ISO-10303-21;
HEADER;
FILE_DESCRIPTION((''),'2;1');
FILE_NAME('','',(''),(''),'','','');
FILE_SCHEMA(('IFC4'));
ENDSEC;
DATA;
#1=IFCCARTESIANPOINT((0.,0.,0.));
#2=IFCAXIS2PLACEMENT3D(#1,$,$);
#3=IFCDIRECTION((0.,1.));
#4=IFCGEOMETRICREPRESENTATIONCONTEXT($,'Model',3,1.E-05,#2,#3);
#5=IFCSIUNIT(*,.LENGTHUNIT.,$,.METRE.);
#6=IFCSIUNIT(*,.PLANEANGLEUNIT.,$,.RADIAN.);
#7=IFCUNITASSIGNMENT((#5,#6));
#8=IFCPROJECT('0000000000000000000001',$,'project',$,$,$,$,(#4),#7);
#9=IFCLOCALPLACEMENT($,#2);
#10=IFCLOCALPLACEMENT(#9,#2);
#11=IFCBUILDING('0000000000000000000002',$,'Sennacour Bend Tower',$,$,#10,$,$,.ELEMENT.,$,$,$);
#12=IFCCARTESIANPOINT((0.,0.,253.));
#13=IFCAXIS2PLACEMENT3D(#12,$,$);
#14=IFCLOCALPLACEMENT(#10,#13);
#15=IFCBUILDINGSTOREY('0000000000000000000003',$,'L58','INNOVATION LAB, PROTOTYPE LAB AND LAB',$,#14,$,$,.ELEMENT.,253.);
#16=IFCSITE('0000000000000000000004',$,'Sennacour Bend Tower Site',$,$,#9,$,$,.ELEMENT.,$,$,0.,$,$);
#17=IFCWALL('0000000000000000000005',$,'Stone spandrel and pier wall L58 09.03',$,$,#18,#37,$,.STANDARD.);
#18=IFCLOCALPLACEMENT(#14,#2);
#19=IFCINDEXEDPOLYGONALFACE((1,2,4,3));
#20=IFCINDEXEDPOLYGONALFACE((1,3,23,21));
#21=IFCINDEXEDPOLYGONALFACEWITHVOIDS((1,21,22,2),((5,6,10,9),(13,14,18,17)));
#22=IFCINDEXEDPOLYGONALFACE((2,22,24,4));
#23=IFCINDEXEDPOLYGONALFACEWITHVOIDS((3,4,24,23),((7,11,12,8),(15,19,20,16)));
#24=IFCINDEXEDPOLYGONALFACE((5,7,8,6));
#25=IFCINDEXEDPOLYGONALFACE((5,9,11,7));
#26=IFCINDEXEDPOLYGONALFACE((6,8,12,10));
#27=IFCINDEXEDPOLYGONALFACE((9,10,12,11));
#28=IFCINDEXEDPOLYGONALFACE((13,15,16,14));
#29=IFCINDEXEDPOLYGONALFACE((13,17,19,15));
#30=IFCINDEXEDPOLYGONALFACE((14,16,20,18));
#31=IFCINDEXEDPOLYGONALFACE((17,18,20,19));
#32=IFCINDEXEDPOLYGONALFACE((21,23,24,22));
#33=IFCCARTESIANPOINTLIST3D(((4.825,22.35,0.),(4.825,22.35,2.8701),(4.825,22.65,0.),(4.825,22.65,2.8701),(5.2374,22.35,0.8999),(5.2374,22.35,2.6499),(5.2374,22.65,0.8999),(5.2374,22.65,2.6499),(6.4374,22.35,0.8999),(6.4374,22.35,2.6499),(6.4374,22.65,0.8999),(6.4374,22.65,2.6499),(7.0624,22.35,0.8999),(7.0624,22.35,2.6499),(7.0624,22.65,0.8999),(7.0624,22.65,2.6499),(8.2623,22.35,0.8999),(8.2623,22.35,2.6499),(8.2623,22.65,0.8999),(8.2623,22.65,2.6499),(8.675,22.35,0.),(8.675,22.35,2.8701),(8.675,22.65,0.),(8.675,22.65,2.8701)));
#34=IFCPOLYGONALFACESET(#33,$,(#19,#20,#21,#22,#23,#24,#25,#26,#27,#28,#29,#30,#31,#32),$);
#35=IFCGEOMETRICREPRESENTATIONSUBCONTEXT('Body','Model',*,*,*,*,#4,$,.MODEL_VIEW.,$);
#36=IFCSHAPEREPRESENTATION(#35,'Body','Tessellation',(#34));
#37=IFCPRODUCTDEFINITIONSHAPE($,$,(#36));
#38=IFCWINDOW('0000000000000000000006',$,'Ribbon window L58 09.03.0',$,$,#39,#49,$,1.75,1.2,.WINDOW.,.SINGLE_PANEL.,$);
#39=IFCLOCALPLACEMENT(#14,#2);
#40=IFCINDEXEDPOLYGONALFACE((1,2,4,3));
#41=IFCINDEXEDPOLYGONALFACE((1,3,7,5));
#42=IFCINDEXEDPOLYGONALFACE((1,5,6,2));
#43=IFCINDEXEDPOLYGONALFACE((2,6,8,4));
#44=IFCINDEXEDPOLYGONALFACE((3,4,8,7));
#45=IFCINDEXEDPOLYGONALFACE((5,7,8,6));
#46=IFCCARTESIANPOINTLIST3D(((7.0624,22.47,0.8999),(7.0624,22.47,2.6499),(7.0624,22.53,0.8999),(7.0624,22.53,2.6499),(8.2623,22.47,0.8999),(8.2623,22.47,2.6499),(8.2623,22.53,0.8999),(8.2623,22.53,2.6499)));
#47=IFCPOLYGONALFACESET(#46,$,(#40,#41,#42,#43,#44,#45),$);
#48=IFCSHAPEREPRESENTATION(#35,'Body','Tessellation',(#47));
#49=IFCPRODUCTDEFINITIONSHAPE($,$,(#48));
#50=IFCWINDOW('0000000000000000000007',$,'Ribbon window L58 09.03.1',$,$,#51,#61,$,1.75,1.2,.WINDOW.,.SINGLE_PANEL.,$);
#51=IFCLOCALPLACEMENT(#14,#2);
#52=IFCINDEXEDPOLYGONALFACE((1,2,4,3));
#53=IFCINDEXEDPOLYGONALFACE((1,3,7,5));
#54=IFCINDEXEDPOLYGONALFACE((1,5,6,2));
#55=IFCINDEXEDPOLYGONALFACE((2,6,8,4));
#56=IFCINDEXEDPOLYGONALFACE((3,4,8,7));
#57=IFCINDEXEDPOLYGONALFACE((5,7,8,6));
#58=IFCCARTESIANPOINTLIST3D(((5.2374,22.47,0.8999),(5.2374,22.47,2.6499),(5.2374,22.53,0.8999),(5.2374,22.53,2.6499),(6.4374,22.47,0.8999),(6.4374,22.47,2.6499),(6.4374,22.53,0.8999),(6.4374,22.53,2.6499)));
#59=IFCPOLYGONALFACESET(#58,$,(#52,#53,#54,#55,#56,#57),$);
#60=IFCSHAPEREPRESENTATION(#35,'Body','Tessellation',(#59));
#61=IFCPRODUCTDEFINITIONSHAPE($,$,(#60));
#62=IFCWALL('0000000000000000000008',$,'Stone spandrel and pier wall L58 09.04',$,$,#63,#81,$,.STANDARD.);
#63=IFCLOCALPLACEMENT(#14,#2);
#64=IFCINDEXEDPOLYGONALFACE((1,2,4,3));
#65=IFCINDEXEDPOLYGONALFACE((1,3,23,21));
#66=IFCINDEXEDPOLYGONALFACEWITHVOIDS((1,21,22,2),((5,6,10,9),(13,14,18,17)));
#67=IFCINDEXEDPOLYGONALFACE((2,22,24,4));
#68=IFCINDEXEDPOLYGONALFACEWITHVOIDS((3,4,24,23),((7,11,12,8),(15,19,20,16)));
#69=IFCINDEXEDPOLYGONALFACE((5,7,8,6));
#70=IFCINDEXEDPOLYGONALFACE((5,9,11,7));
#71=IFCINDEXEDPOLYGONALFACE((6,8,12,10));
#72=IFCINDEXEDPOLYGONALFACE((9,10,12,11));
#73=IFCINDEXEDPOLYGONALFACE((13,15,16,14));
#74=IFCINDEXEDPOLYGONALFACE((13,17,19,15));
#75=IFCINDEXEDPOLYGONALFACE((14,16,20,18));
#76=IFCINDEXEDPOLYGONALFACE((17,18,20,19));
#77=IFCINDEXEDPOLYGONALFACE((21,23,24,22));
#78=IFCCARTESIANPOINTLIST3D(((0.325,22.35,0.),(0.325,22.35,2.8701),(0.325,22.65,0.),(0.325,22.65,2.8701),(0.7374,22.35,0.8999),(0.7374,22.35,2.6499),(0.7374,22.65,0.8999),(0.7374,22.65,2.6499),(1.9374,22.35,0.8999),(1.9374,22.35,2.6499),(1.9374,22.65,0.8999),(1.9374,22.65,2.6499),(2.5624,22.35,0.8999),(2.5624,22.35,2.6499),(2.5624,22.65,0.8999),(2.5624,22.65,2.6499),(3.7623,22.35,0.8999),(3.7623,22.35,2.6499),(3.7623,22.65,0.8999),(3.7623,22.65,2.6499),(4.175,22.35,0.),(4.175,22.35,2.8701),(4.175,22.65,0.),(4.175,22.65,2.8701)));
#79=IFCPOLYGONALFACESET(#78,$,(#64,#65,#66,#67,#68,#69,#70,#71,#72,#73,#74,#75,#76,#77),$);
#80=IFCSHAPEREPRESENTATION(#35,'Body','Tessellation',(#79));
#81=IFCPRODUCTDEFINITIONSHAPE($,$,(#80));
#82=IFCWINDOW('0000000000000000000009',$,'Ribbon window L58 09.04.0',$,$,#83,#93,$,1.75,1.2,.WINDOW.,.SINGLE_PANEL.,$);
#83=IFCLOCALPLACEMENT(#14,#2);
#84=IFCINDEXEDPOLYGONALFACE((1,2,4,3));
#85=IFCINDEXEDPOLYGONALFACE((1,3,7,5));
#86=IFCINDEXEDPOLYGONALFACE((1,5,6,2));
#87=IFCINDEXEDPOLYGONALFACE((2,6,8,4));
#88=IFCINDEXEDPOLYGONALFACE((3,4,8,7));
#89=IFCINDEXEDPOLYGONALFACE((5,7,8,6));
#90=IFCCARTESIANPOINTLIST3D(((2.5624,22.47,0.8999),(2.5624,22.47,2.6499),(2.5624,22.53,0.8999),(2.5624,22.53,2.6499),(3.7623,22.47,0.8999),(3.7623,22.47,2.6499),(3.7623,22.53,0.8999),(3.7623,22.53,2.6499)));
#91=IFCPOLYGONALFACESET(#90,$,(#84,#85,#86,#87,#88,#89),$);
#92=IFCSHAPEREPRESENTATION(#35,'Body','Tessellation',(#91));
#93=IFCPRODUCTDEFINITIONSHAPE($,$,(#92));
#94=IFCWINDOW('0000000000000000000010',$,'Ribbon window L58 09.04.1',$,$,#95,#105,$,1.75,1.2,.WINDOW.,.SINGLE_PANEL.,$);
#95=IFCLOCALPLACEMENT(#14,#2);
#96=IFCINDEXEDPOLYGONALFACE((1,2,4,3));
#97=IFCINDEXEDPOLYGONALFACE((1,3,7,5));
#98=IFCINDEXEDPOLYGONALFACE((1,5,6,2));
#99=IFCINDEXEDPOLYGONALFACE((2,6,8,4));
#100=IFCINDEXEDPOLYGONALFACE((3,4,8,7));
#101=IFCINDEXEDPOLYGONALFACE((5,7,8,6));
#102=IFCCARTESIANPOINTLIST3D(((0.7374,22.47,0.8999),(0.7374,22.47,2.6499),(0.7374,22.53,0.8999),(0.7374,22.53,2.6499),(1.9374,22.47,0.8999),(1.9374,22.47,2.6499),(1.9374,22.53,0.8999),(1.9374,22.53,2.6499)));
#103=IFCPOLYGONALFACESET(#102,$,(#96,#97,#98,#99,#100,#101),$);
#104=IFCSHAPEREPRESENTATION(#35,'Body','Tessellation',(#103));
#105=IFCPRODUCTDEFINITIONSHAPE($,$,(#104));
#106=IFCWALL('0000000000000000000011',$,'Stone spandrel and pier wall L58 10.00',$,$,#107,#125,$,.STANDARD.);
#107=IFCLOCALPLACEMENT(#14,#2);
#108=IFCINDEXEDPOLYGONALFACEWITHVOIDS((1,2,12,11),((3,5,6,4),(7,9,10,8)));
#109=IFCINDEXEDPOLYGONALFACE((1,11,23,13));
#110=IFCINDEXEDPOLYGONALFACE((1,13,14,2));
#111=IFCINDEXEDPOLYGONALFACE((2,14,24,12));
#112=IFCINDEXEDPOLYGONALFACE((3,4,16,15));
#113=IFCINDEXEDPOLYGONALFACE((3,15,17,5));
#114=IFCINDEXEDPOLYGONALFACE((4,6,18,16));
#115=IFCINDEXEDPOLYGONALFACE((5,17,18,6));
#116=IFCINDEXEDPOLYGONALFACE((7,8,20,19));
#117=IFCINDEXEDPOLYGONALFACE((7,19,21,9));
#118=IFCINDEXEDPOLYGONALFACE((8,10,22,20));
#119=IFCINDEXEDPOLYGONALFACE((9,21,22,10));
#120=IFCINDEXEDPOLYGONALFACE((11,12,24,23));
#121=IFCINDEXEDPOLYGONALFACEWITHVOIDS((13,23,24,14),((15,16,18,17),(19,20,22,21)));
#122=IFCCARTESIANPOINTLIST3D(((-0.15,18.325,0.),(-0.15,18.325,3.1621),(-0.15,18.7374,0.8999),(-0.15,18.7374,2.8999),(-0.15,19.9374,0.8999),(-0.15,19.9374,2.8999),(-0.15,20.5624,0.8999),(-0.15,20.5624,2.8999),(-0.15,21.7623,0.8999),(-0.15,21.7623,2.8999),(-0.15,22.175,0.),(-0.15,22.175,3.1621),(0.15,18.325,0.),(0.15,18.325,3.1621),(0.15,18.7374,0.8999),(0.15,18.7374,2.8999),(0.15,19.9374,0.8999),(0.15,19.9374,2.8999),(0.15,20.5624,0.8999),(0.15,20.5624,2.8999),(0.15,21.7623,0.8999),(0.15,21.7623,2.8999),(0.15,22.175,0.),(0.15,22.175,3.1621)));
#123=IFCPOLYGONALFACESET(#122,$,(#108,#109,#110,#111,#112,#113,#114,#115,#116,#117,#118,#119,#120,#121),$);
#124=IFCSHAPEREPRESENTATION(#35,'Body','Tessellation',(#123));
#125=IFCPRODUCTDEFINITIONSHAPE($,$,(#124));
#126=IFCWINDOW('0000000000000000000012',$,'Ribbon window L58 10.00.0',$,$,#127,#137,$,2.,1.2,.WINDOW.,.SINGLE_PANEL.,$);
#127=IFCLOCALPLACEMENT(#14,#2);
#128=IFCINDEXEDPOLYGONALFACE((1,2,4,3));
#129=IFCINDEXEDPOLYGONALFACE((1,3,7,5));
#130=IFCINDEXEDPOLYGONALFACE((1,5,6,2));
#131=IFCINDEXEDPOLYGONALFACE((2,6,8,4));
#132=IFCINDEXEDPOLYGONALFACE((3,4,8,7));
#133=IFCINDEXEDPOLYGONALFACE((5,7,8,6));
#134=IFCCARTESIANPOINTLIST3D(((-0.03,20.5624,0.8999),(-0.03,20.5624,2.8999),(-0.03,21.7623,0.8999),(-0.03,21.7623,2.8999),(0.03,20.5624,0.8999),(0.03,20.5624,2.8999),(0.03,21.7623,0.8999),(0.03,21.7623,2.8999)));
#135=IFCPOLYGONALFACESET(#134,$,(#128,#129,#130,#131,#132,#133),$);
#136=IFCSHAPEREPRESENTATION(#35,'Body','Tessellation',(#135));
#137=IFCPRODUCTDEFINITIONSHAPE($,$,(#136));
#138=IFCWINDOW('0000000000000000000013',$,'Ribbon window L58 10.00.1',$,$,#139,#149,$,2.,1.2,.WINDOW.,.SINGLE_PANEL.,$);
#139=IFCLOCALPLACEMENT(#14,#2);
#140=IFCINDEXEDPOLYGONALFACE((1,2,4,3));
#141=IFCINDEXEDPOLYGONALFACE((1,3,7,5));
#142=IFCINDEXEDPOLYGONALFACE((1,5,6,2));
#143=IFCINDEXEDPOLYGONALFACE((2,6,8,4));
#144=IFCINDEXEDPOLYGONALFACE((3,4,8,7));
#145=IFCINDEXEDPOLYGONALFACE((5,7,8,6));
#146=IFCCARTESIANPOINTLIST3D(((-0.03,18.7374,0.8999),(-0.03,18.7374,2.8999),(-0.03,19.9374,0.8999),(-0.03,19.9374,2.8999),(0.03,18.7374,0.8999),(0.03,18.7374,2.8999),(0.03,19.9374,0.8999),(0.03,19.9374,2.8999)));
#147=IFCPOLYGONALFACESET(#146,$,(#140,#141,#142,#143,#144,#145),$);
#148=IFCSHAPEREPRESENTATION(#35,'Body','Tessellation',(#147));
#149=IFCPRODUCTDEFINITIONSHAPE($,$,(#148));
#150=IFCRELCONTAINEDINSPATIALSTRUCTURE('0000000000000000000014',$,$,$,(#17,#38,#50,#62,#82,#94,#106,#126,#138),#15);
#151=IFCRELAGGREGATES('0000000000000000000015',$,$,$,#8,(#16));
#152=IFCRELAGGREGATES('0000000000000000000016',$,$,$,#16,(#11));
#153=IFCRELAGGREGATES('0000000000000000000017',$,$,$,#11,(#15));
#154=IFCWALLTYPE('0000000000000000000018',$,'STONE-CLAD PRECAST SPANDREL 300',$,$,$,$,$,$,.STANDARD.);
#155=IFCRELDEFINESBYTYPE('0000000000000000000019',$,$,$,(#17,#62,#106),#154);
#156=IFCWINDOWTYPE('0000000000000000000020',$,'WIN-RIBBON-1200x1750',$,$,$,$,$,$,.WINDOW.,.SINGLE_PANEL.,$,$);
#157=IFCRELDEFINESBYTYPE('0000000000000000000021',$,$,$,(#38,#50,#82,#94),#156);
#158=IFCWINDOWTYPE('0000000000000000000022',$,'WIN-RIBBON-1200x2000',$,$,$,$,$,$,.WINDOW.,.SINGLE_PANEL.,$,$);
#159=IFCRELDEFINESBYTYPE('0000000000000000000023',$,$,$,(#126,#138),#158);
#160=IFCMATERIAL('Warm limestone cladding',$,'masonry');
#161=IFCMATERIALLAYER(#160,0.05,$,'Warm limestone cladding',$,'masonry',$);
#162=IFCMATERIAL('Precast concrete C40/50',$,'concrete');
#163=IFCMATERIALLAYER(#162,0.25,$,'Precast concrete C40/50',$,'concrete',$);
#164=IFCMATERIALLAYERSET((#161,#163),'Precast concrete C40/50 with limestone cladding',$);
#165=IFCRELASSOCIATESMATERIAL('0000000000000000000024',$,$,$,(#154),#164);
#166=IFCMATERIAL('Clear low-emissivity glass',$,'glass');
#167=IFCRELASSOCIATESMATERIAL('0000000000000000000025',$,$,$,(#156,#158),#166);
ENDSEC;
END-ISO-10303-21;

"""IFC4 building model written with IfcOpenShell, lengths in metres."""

from ifc_helpers import new_model, si_unit, direction, frame, frame_2d, origin, place, context, subcontext, project, spatial, rectangle, extrude, material, layer, layer_set, type_object, element, fill, save


model = new_model("IFC4")

# Units and contexts
model_context = context("Model", 3, precision=1e-05, world=origin(), true_north=direction((0.0, 1.0)))
body_context = subcontext(model_context, "Body", "Model", "MODEL_VIEW")
ifc_project = project(units=[si_unit("LENGTHUNIT", "METRE"), si_unit("PLANEANGLEUNIT", "RADIAN")], contexts=[model_context])

# Site, building, storey
site_placement = place(None, origin())
site = spatial("IfcSite", under=ifc_project, at=site_placement, Name="Sennacour Bend Tower Site", CompositionType="ELEMENT", RefElevation=0.0)
building_placement = place(site_placement, origin())
building = spatial("IfcBuilding", under=site, at=building_placement, Name="Sennacour Bend Tower", CompositionType="ELEMENT")
storey_placement = place(building_placement, frame((0.0, 0.0, 253.0)))
storey = spatial("IfcBuildingStorey", under=building, at=storey_placement, Name="L58", Description="INNOVATION LAB, PROTOTYPE LAB AND LAB", CompositionType="ELEMENT", Elevation=253.0)

# Walls, openings, windows
ifc_material_1 = material(Name="Warm limestone cladding", Category="masonry")
ifc_layer_1 = layer(ifc_material_1, 0.05, Name="Warm limestone cladding", Category="masonry")
ifc_material_2 = material(Name="Precast concrete C40/50", Category="concrete")
ifc_layer_2 = layer(ifc_material_2, 0.25, Name="Precast concrete C40/50", Category="concrete")
ifc_layer_set_1 = layer_set([ifc_layer_1, ifc_layer_2], Name="Precast concrete C40/50 with limestone cladding")
wall_type_1 = type_object("IfcWallType", Name="STONE-CLAD PRECAST SPANDREL 300", PredefinedType="STANDARD", material=ifc_layer_set_1)
wall_1_placement = place(storey_placement, frame((8.675, 22.5, 0.0), z_axis=(0.0, 0.0, 1.0), x_axis=(-1.0, 0.0, 0.0)))
wall_1 = element("IfcWall", 1, at=wall_1_placement, inside=storey, type_object=wall_type_1, Name="Stone spandrel and pier wall L58 09.03", PredefinedType="STANDARD", context=body_context, shape_type="SweptSolid", body=[
    extrude(rectangle(XDim=3.8501, YDim=0.3, at=frame_2d((1.925, 0.0))), origin(), (0.0, 0.0, 1.0), 2.8701),
])
opening_1_placement = place(wall_1_placement, frame((0.4126, 0.0, 0.8999)))
opening_1 = element("IfcOpeningElement", 2, at=opening_1_placement, cuts=wall_1, PredefinedType="OPENING", context=body_context, shape_type="SweptSolid", body=[
    extrude(rectangle(XDim=1.2, YDim=1.75, at=frame_2d((0.6001, 0.875))), frame((0.0, 0.1602, 0.0), z_axis=(0.0, -1.0, 0.0), x_axis=(1.0, 0.0, 0.0)), (0.0, 0.0, 1.0), 0.3201),
])
opening_2_placement = place(wall_1_placement, frame((2.2375, 0.0, 0.8999)))
opening_2 = element("IfcOpeningElement", 3, at=opening_2_placement, cuts=wall_1, PredefinedType="OPENING", context=body_context, shape_type="SweptSolid", body=[
    extrude(rectangle(XDim=1.2, YDim=1.75, at=frame_2d((0.6001, 0.875))), frame((0.0, 0.1602, 0.0), z_axis=(0.0, -1.0, 0.0), x_axis=(1.0, 0.0, 0.0)), (0.0, 0.0, 1.0), 0.3201),
])
ifc_material_3 = material(Name="Clear low-emissivity glass", Category="glass")
window_type_1 = type_object("IfcWindowType", Name="WIN-RIBBON-1200x1750", PartitioningType="SINGLE_PANEL", PredefinedType="WINDOW", material=ifc_material_3)
window_1_placement = place(opening_1_placement, origin())
window_1 = element("IfcWindow", 4, at=window_1_placement, inside=storey, type_object=window_type_1, Name="Ribbon window L58 09.03.0", OverallHeight=1.75, OverallWidth=1.2, PartitioningType="SINGLE_PANEL", PredefinedType="WINDOW", context=body_context, shape_type="SweptSolid", body=[
    extrude(rectangle(XDim=1.2, YDim=1.75, at=frame_2d((0.6001, 0.875))), frame((0.0, 0.03, 0.0), z_axis=(0.0, -1.0, 0.0), x_axis=(1.0, 0.0, 0.0)), (0.0, 0.0, 1.0), 0.0601),
])
fill(opening_1, window_1)
window_2_placement = place(opening_2_placement, origin())
window_2 = element("IfcWindow", 5, at=window_2_placement, inside=storey, type_object=window_type_1, Name="Ribbon window L58 09.03.1", OverallHeight=1.75, OverallWidth=1.2, PartitioningType="SINGLE_PANEL", PredefinedType="WINDOW", context=body_context, shape_type="SweptSolid", body=[
    extrude(rectangle(XDim=1.2, YDim=1.75, at=frame_2d((0.6001, 0.875))), frame((0.0, 0.03, 0.0), z_axis=(0.0, -1.0, 0.0), x_axis=(1.0, 0.0, 0.0)), (0.0, 0.0, 1.0), 0.0601),
])
fill(opening_2, window_2)
wall_2_placement = place(storey_placement, frame((4.175, 22.5, 0.0), z_axis=(0.0, 0.0, 1.0), x_axis=(-1.0, 0.0, 0.0)))
wall_2 = element("IfcWall", 6, at=wall_2_placement, inside=storey, type_object=wall_type_1, Name="Stone spandrel and pier wall L58 09.04", PredefinedType="STANDARD", context=body_context, shape_type="SweptSolid", body=[
    extrude(rectangle(XDim=3.8501, YDim=0.3, at=frame_2d((1.925, 0.0))), origin(), (0.0, 0.0, 1.0), 2.8701),
])
opening_3_placement = place(wall_2_placement, frame((0.4126, 0.0, 0.8999)))
opening_3 = element("IfcOpeningElement", 7, at=opening_3_placement, cuts=wall_2, PredefinedType="OPENING", context=body_context, shape_type="SweptSolid", body=[
    extrude(rectangle(XDim=1.2, YDim=1.75, at=frame_2d((0.6001, 0.875))), frame((0.0, 0.1602, 0.0), z_axis=(0.0, -1.0, 0.0), x_axis=(1.0, 0.0, 0.0)), (0.0, 0.0, 1.0), 0.3201),
])
opening_4_placement = place(wall_2_placement, frame((2.2375, 0.0, 0.8999)))
opening_4 = element("IfcOpeningElement", 8, at=opening_4_placement, cuts=wall_2, PredefinedType="OPENING", context=body_context, shape_type="SweptSolid", body=[
    extrude(rectangle(XDim=1.2, YDim=1.75, at=frame_2d((0.6001, 0.875))), frame((0.0, 0.1602, 0.0), z_axis=(0.0, -1.0, 0.0), x_axis=(1.0, 0.0, 0.0)), (0.0, 0.0, 1.0), 0.3201),
])
window_3_placement = place(opening_3_placement, origin())
window_3 = element("IfcWindow", 9, at=window_3_placement, inside=storey, type_object=window_type_1, Name="Ribbon window L58 09.04.0", OverallHeight=1.75, OverallWidth=1.2, PartitioningType="SINGLE_PANEL", PredefinedType="WINDOW", context=body_context, shape_type="SweptSolid", body=[
    extrude(rectangle(XDim=1.2, YDim=1.75, at=frame_2d((0.6001, 0.875))), frame((0.0, 0.03, 0.0), z_axis=(0.0, -1.0, 0.0), x_axis=(1.0, 0.0, 0.0)), (0.0, 0.0, 1.0), 0.0601),
])
fill(opening_3, window_3)
window_4_placement = place(opening_4_placement, origin())
window_4 = element("IfcWindow", 10, at=window_4_placement, inside=storey, type_object=window_type_1, Name="Ribbon window L58 09.04.1", OverallHeight=1.75, OverallWidth=1.2, PartitioningType="SINGLE_PANEL", PredefinedType="WINDOW", context=body_context, shape_type="SweptSolid", body=[
    extrude(rectangle(XDim=1.2, YDim=1.75, at=frame_2d((0.6001, 0.875))), frame((0.0, 0.03, 0.0), z_axis=(0.0, -1.0, 0.0), x_axis=(1.0, 0.0, 0.0)), (0.0, 0.0, 1.0), 0.0601),
])
fill(opening_4, window_4)
wall_3_placement = place(storey_placement, frame((0.0, 22.175, 0.0), z_axis=(0.0, 0.0, 1.0), x_axis=(0.0, -1.0, 0.0)))
wall_3 = element("IfcWall", 11, at=wall_3_placement, inside=storey, type_object=wall_type_1, Name="Stone spandrel and pier wall L58 10.00", PredefinedType="STANDARD", context=body_context, shape_type="SweptSolid", body=[
    extrude(rectangle(XDim=3.8501, YDim=0.3, at=frame_2d((1.925, 0.0))), origin(), (0.0, 0.0, 1.0), 3.1621),
])
opening_5_placement = place(wall_3_placement, frame((0.4126, 0.0, 0.8999)))
opening_5 = element("IfcOpeningElement", 12, at=opening_5_placement, cuts=wall_3, PredefinedType="OPENING", context=body_context, shape_type="SweptSolid", body=[
    extrude(rectangle(XDim=1.2, YDim=2.0, at=frame_2d((0.6001, 1.0))), frame((0.0, 0.1602, 0.0), z_axis=(0.0, -1.0, 0.0), x_axis=(1.0, 0.0, 0.0)), (0.0, 0.0, 1.0), 0.3201),
])
opening_6_placement = place(wall_3_placement, frame((2.2375, 0.0, 0.8999)))
opening_6 = element("IfcOpeningElement", 13, at=opening_6_placement, cuts=wall_3, PredefinedType="OPENING", context=body_context, shape_type="SweptSolid", body=[
    extrude(rectangle(XDim=1.2, YDim=2.0, at=frame_2d((0.6001, 1.0))), frame((0.0, 0.1602, 0.0), z_axis=(0.0, -1.0, 0.0), x_axis=(1.0, 0.0, 0.0)), (0.0, 0.0, 1.0), 0.3201),
])
window_type_2 = type_object("IfcWindowType", Name="WIN-RIBBON-1200x2000", PartitioningType="SINGLE_PANEL", PredefinedType="WINDOW", material=ifc_material_3)
window_5_placement = place(opening_5_placement, origin())
window_5 = element("IfcWindow", 14, at=window_5_placement, inside=storey, type_object=window_type_2, Name="Ribbon window L58 10.00.0", OverallHeight=2.0, OverallWidth=1.2, PartitioningType="SINGLE_PANEL", PredefinedType="WINDOW", context=body_context, shape_type="SweptSolid", body=[
    extrude(rectangle(XDim=1.2, YDim=2.0, at=frame_2d((0.6001, 1.0))), frame((0.0, 0.03, 0.0), z_axis=(0.0, -1.0, 0.0), x_axis=(1.0, 0.0, 0.0)), (0.0, 0.0, 1.0), 0.0601),
])
fill(opening_5, window_5)
window_6_placement = place(opening_6_placement, origin())
window_6 = element("IfcWindow", 15, at=window_6_placement, inside=storey, type_object=window_type_2, Name="Ribbon window L58 10.00.1", OverallHeight=2.0, OverallWidth=1.2, PartitioningType="SINGLE_PANEL", PredefinedType="WINDOW", context=body_context, shape_type="SweptSolid", body=[
    extrude(rectangle(XDim=1.2, YDim=2.0, at=frame_2d((0.6001, 1.0))), frame((0.0, 0.03, 0.0), z_axis=(0.0, -1.0, 0.0), x_axis=(1.0, 0.0, 0.0)), (0.0, 0.0, 1.0), 0.0601),
])
fill(opening_6, window_6)

save(model, "model.ifc")
